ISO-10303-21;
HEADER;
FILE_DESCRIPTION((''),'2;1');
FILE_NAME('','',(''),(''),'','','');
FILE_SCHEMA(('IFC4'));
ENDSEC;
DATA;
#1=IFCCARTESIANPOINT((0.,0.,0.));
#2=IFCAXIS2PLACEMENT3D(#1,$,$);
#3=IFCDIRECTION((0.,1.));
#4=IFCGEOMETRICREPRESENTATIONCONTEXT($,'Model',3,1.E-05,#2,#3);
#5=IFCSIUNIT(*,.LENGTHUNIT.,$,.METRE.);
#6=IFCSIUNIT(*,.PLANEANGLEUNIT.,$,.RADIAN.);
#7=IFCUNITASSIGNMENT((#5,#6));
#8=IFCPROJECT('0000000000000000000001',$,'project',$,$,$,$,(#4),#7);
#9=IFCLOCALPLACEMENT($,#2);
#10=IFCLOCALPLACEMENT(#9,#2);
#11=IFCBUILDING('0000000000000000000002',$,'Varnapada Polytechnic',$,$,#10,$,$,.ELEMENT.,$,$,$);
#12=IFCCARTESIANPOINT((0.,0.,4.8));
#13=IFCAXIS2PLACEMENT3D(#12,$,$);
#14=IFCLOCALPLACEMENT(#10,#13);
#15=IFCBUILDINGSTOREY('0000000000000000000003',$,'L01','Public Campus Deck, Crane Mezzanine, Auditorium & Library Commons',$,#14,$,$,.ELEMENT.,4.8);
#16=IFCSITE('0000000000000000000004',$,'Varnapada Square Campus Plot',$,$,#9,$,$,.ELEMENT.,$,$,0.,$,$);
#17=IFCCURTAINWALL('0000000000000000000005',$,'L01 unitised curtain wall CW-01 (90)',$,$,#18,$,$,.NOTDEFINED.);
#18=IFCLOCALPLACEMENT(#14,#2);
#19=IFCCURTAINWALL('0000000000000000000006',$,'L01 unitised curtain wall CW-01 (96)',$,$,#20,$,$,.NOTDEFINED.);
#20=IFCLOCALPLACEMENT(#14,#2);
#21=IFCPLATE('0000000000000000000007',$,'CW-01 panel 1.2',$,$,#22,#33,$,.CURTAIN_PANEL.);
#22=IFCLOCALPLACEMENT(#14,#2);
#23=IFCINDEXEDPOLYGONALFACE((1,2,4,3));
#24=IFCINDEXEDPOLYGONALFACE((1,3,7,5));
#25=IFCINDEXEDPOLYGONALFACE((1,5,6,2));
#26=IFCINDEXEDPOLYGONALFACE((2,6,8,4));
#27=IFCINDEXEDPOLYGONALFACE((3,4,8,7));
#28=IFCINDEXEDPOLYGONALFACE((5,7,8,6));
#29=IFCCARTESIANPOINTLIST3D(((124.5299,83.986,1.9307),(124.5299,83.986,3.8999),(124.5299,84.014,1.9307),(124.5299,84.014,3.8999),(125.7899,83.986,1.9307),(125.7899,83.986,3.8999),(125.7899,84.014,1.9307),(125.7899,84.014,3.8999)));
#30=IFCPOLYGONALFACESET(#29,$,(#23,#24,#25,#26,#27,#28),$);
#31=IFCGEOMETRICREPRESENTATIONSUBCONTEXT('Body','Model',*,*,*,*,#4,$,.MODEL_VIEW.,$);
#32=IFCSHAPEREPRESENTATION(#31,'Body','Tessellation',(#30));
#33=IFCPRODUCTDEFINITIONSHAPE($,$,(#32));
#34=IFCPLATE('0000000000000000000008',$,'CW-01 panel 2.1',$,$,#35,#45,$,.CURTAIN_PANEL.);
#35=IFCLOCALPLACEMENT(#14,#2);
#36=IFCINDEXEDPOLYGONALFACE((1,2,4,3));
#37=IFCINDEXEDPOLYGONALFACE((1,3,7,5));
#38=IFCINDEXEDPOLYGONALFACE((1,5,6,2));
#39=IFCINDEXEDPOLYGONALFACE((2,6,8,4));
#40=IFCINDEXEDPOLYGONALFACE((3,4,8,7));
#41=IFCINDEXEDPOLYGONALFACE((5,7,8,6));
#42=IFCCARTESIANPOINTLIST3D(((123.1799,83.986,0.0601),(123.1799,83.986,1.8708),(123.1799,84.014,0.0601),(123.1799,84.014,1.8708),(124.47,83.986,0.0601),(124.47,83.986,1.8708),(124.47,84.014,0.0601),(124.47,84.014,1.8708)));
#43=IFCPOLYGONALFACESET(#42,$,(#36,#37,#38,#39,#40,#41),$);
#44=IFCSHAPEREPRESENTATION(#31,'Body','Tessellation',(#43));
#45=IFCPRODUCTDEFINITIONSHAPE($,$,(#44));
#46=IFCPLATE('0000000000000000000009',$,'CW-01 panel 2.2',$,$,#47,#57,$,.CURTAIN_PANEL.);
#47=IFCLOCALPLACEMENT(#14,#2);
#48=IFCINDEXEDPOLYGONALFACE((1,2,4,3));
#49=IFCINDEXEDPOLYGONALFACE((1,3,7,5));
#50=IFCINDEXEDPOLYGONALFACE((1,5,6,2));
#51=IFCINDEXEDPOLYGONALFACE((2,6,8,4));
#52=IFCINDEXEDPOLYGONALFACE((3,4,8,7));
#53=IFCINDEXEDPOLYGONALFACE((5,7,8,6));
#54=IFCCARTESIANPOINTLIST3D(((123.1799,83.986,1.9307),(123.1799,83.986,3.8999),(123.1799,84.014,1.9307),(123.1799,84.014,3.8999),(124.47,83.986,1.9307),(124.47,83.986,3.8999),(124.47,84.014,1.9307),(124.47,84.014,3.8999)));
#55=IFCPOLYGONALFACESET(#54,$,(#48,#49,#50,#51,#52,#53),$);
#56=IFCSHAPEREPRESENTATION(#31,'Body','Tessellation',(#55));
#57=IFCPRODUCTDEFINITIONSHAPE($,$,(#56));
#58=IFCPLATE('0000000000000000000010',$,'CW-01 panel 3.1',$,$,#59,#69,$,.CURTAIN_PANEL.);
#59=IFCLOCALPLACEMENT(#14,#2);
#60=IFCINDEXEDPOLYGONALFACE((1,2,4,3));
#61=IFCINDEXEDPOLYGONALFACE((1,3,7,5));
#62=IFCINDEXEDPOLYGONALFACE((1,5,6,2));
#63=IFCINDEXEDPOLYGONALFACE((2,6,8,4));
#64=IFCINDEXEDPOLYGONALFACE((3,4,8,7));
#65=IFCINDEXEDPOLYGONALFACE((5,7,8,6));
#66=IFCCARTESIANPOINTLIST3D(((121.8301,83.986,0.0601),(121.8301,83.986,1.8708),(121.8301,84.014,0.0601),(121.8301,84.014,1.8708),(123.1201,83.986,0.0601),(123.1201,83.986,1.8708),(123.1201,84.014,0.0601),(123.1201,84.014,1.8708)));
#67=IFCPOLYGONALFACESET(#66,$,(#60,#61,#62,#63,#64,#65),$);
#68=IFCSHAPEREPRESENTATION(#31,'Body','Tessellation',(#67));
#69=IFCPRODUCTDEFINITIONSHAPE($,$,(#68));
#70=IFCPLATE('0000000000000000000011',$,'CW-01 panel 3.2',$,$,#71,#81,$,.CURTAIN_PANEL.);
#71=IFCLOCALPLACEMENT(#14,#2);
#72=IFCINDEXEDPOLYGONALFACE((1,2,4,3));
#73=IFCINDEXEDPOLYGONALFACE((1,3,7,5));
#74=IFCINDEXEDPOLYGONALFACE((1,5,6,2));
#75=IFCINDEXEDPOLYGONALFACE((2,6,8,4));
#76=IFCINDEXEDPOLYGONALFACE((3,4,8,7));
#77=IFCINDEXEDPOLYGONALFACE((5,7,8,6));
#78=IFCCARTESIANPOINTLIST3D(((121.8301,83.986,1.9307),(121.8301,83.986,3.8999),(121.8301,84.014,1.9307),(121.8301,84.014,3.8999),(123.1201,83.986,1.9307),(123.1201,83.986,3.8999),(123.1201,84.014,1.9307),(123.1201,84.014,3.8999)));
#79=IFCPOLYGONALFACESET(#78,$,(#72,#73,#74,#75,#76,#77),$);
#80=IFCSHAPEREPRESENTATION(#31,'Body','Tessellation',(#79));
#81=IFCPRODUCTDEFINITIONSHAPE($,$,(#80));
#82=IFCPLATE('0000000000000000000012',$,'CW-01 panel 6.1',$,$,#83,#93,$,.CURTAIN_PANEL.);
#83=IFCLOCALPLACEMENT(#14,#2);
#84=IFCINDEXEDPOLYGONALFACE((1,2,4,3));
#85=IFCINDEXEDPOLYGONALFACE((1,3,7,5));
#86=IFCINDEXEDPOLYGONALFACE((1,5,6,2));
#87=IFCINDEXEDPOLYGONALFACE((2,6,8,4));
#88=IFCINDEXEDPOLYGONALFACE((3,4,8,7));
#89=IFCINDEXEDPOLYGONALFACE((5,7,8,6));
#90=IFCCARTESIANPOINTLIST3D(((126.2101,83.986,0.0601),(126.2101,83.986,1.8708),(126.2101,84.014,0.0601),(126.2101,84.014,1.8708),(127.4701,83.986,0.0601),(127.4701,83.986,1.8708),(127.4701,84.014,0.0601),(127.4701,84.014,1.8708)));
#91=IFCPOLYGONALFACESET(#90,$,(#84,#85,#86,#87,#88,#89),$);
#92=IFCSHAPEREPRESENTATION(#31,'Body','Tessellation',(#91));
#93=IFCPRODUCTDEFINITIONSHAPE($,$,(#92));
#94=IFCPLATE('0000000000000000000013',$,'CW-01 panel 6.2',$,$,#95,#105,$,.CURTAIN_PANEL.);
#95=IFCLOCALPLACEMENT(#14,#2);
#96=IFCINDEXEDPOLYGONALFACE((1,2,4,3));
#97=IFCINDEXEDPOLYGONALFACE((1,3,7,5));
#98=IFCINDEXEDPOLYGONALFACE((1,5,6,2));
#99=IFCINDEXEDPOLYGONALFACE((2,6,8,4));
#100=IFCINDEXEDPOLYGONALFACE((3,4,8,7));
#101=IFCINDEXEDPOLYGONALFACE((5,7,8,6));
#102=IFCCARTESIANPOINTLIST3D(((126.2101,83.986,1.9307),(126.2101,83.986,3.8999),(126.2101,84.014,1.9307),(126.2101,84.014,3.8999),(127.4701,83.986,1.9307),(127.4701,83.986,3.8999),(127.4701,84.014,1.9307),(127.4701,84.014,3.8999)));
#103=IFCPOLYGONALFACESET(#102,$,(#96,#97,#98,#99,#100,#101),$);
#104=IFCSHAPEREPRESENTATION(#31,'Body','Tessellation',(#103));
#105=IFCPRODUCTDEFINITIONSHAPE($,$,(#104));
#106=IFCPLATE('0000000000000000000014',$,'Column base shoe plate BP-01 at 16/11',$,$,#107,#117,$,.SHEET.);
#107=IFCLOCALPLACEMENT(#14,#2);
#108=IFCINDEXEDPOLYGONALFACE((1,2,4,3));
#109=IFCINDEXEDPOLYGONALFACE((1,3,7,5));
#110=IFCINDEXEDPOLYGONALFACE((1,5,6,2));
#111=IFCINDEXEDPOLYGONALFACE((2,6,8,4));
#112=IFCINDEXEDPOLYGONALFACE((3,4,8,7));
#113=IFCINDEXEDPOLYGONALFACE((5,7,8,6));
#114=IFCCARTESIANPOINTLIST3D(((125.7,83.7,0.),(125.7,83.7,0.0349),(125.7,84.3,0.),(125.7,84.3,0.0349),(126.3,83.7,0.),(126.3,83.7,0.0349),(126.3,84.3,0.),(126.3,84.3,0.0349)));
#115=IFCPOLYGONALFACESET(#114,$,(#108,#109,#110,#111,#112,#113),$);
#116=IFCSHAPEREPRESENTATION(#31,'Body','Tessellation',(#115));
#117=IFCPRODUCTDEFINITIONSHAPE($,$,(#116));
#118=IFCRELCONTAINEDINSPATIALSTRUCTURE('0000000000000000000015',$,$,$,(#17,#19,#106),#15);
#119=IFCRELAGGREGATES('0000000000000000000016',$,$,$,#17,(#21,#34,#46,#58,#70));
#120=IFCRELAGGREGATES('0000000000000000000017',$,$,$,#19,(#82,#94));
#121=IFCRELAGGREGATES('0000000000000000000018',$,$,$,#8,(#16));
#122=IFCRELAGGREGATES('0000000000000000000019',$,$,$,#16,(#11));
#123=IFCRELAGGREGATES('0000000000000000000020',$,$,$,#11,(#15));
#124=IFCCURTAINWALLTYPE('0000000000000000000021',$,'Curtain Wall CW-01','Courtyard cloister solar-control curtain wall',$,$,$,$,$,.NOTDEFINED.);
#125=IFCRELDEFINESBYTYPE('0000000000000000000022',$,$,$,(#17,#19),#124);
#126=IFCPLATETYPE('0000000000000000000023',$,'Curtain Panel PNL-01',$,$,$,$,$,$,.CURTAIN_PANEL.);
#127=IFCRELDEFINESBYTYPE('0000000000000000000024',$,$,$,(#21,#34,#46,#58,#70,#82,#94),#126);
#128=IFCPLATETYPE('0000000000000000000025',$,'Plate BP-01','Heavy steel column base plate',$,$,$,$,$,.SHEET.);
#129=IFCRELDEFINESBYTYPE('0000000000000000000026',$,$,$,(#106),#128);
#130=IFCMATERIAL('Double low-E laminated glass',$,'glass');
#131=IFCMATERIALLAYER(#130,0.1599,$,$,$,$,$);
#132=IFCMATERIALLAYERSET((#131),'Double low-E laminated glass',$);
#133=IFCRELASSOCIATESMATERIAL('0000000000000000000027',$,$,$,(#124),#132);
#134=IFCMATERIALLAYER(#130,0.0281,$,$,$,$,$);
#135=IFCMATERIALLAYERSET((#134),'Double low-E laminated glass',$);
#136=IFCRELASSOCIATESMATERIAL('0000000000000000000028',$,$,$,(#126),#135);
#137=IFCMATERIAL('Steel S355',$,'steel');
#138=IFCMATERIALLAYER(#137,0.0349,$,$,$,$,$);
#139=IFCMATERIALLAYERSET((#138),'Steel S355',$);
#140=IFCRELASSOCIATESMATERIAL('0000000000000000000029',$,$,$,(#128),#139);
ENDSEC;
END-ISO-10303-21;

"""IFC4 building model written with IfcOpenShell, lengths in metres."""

from ifc_helpers import new_model, si_unit, direction, frame, origin, origin_2d, place, context, subcontext, project, spatial, rectangle, extrude, material, layer, layer_set, type_object, element, aggregate, save


model = new_model("IFC4")

# Units and contexts
model_context = context("Model", 3, precision=1e-05, world=origin(), true_north=direction((0.0, 1.0)))
body_context = subcontext(model_context, "Body", "Model", "MODEL_VIEW")
ifc_project = project(units=[si_unit("LENGTHUNIT", "METRE"), si_unit("PLANEANGLEUNIT", "RADIAN")], contexts=[model_context])

# Site, building, storey
site_placement = place(None, origin())
site = spatial("IfcSite", under=ifc_project, at=site_placement, Name="Varnapada Square Campus Plot", CompositionType="ELEMENT", RefElevation=0.0)
building_placement = place(site_placement, origin())
building = spatial("IfcBuilding", under=site, at=building_placement, Name="Varnapada Polytechnic", CompositionType="ELEMENT")
storey_placement = place(building_placement, frame((0.0, 0.0, 4.8)))
storey = spatial("IfcBuildingStorey", under=building, at=storey_placement, Name="L01", Description="Public Campus Deck, Crane Mezzanine, Auditorium & Library Commons", CompositionType="ELEMENT", Elevation=4.8)

# Shared definitions
ifc_material_1 = material(Name="Steel S355", Category="steel")

# Curtain wall
ifc_material_2 = material(Name="Double low-E laminated glass", Category="glass")
ifc_layer_1 = layer(ifc_material_2, 0.1599)
ifc_layer_set_1 = layer_set([ifc_layer_1], Name="Double low-E laminated glass")
curtain_wall_type = type_object("IfcCurtainWallType", Name="Curtain Wall CW-01", Description="Courtyard cloister solar-control curtain wall", PredefinedType="NOTDEFINED", material=ifc_layer_set_1)
curtain_wall_1_placement = place(storey_placement, origin())
curtain_wall_1 = element("IfcCurtainWall", 1, at=curtain_wall_1_placement, inside=storey, type_object=curtain_wall_type, Name="L01 unitised curtain wall CW-01 (90)", PredefinedType="NOTDEFINED")

# Curtain wall
curtain_wall_2_placement = place(storey_placement, origin())
curtain_wall_2 = element("IfcCurtainWall", 2, at=curtain_wall_2_placement, inside=storey, type_object=curtain_wall_type, Name="L01 unitised curtain wall CW-01 (96)", PredefinedType="NOTDEFINED")

# Plates
ifc_layer_2 = layer(ifc_material_2, 0.0281)
ifc_layer_set_2 = layer_set([ifc_layer_2], Name="Double low-E laminated glass")
plate_type_1 = type_object("IfcPlateType", Name="Curtain Panel PNL-01", PredefinedType="CURTAIN_PANEL", material=ifc_layer_set_2)
plate_1_placement = place(storey_placement, frame((125.1599, 84.0, 1.9307), z_axis=(0.0, 0.0, 1.0), x_axis=(-1.0, 0.0, 0.0)))
plate_1 = element("IfcPlate", 3, at=plate_1_placement, type_object=plate_type_1, Name="CW-01 panel 1.2", PredefinedType="CURTAIN_PANEL", context=body_context, shape_type="SweptSolid", body=[
    extrude(rectangle(XDim=1.26, YDim=0.0281, at=origin_2d()), origin(), (0.0, 0.0, 1.0), 1.9692),
])
plate_2_placement = place(storey_placement, frame((123.825, 84.0, 0.0601), z_axis=(0.0, 0.0, 1.0), x_axis=(-1.0, 0.0, 0.0)))
plate_2 = element("IfcPlate", 4, at=plate_2_placement, type_object=plate_type_1, Name="CW-01 panel 2.1", PredefinedType="CURTAIN_PANEL", context=body_context, shape_type="SweptSolid", body=[
    extrude(rectangle(XDim=1.29, YDim=0.0281, at=origin_2d()), origin(), (0.0, 0.0, 1.0), 1.8108),
])
plate_3_placement = place(storey_placement, frame((123.825, 84.0, 1.9307), z_axis=(0.0, 0.0, 1.0), x_axis=(-1.0, 0.0, 0.0)))
plate_3 = element("IfcPlate", 5, at=plate_3_placement, type_object=plate_type_1, Name="CW-01 panel 2.2", PredefinedType="CURTAIN_PANEL", context=body_context, shape_type="SweptSolid", body=[
    extrude(rectangle(XDim=1.29, YDim=0.0281, at=origin_2d()), origin(), (0.0, 0.0, 1.0), 1.9692),
])
plate_4_placement = place(storey_placement, frame((122.4751, 84.0, 0.0601), z_axis=(0.0, 0.0, 1.0), x_axis=(-1.0, 0.0, 0.0)))
plate_4 = element("IfcPlate", 6, at=plate_4_placement, type_object=plate_type_1, Name="CW-01 panel 3.1", PredefinedType="CURTAIN_PANEL", context=body_context, shape_type="SweptSolid", body=[
    extrude(rectangle(XDim=1.29, YDim=0.0281, at=origin_2d()), origin(), (0.0, 0.0, 1.0), 1.8108),
])
plate_5_placement = place(storey_placement, frame((122.4751, 84.0, 1.9307), z_axis=(0.0, 0.0, 1.0), x_axis=(-1.0, 0.0, 0.0)))
plate_5 = element("IfcPlate", 7, at=plate_5_placement, type_object=plate_type_1, Name="CW-01 panel 3.2", PredefinedType="CURTAIN_PANEL", context=body_context, shape_type="SweptSolid", body=[
    extrude(rectangle(XDim=1.29, YDim=0.0281, at=origin_2d()), origin(), (0.0, 0.0, 1.0), 1.9692),
])
aggregate(curtain_wall_1, [plate_1, plate_2, plate_3, plate_4, plate_5])
plate_6_placement = place(storey_placement, frame((126.8401, 84.0, 0.0601), z_axis=(0.0, 0.0, 1.0), x_axis=(-1.0, 0.0, 0.0)))
plate_6 = element("IfcPlate", 8, at=plate_6_placement, type_object=plate_type_1, Name="CW-01 panel 6.1", PredefinedType="CURTAIN_PANEL", context=body_context, shape_type="SweptSolid", body=[
    extrude(rectangle(XDim=1.26, YDim=0.0281, at=origin_2d()), origin(), (0.0, 0.0, 1.0), 1.8108),
])
plate_7_placement = place(storey_placement, frame((126.8401, 84.0, 1.9307), z_axis=(0.0, 0.0, 1.0), x_axis=(-1.0, 0.0, 0.0)))
plate_7 = element("IfcPlate", 9, at=plate_7_placement, type_object=plate_type_1, Name="CW-01 panel 6.2", PredefinedType="CURTAIN_PANEL", context=body_context, shape_type="SweptSolid", body=[
    extrude(rectangle(XDim=1.26, YDim=0.0281, at=origin_2d()), origin(), (0.0, 0.0, 1.0), 1.9692),
])
aggregate(curtain_wall_2, [plate_6, plate_7])
ifc_layer_3 = layer(ifc_material_1, 0.0349)
ifc_layer_set_3 = layer_set([ifc_layer_3], Name="Steel S355")
plate_type_2 = type_object("IfcPlateType", Name="Plate BP-01", Description="Heavy steel column base plate", PredefinedType="SHEET", material=ifc_layer_set_3)
plate_8_placement = place(storey_placement, frame((126.0, 84.0, 0.0), z_axis=(0.0, 0.0, 1.0), x_axis=(1.0, 0.0, 0.0)))
element("IfcPlate", 10, at=plate_8_placement, inside=storey, type_object=plate_type_2, Name="Column base shoe plate BP-01 at 16/11", PredefinedType="SHEET", context=body_context, shape_type="SweptSolid", body=[
    extrude(rectangle(XDim=0.6001, YDim=0.6001, at=origin_2d()), origin(), (0.0, 0.0, 1.0), 0.0349),
])

save(model, "model.ifc")
